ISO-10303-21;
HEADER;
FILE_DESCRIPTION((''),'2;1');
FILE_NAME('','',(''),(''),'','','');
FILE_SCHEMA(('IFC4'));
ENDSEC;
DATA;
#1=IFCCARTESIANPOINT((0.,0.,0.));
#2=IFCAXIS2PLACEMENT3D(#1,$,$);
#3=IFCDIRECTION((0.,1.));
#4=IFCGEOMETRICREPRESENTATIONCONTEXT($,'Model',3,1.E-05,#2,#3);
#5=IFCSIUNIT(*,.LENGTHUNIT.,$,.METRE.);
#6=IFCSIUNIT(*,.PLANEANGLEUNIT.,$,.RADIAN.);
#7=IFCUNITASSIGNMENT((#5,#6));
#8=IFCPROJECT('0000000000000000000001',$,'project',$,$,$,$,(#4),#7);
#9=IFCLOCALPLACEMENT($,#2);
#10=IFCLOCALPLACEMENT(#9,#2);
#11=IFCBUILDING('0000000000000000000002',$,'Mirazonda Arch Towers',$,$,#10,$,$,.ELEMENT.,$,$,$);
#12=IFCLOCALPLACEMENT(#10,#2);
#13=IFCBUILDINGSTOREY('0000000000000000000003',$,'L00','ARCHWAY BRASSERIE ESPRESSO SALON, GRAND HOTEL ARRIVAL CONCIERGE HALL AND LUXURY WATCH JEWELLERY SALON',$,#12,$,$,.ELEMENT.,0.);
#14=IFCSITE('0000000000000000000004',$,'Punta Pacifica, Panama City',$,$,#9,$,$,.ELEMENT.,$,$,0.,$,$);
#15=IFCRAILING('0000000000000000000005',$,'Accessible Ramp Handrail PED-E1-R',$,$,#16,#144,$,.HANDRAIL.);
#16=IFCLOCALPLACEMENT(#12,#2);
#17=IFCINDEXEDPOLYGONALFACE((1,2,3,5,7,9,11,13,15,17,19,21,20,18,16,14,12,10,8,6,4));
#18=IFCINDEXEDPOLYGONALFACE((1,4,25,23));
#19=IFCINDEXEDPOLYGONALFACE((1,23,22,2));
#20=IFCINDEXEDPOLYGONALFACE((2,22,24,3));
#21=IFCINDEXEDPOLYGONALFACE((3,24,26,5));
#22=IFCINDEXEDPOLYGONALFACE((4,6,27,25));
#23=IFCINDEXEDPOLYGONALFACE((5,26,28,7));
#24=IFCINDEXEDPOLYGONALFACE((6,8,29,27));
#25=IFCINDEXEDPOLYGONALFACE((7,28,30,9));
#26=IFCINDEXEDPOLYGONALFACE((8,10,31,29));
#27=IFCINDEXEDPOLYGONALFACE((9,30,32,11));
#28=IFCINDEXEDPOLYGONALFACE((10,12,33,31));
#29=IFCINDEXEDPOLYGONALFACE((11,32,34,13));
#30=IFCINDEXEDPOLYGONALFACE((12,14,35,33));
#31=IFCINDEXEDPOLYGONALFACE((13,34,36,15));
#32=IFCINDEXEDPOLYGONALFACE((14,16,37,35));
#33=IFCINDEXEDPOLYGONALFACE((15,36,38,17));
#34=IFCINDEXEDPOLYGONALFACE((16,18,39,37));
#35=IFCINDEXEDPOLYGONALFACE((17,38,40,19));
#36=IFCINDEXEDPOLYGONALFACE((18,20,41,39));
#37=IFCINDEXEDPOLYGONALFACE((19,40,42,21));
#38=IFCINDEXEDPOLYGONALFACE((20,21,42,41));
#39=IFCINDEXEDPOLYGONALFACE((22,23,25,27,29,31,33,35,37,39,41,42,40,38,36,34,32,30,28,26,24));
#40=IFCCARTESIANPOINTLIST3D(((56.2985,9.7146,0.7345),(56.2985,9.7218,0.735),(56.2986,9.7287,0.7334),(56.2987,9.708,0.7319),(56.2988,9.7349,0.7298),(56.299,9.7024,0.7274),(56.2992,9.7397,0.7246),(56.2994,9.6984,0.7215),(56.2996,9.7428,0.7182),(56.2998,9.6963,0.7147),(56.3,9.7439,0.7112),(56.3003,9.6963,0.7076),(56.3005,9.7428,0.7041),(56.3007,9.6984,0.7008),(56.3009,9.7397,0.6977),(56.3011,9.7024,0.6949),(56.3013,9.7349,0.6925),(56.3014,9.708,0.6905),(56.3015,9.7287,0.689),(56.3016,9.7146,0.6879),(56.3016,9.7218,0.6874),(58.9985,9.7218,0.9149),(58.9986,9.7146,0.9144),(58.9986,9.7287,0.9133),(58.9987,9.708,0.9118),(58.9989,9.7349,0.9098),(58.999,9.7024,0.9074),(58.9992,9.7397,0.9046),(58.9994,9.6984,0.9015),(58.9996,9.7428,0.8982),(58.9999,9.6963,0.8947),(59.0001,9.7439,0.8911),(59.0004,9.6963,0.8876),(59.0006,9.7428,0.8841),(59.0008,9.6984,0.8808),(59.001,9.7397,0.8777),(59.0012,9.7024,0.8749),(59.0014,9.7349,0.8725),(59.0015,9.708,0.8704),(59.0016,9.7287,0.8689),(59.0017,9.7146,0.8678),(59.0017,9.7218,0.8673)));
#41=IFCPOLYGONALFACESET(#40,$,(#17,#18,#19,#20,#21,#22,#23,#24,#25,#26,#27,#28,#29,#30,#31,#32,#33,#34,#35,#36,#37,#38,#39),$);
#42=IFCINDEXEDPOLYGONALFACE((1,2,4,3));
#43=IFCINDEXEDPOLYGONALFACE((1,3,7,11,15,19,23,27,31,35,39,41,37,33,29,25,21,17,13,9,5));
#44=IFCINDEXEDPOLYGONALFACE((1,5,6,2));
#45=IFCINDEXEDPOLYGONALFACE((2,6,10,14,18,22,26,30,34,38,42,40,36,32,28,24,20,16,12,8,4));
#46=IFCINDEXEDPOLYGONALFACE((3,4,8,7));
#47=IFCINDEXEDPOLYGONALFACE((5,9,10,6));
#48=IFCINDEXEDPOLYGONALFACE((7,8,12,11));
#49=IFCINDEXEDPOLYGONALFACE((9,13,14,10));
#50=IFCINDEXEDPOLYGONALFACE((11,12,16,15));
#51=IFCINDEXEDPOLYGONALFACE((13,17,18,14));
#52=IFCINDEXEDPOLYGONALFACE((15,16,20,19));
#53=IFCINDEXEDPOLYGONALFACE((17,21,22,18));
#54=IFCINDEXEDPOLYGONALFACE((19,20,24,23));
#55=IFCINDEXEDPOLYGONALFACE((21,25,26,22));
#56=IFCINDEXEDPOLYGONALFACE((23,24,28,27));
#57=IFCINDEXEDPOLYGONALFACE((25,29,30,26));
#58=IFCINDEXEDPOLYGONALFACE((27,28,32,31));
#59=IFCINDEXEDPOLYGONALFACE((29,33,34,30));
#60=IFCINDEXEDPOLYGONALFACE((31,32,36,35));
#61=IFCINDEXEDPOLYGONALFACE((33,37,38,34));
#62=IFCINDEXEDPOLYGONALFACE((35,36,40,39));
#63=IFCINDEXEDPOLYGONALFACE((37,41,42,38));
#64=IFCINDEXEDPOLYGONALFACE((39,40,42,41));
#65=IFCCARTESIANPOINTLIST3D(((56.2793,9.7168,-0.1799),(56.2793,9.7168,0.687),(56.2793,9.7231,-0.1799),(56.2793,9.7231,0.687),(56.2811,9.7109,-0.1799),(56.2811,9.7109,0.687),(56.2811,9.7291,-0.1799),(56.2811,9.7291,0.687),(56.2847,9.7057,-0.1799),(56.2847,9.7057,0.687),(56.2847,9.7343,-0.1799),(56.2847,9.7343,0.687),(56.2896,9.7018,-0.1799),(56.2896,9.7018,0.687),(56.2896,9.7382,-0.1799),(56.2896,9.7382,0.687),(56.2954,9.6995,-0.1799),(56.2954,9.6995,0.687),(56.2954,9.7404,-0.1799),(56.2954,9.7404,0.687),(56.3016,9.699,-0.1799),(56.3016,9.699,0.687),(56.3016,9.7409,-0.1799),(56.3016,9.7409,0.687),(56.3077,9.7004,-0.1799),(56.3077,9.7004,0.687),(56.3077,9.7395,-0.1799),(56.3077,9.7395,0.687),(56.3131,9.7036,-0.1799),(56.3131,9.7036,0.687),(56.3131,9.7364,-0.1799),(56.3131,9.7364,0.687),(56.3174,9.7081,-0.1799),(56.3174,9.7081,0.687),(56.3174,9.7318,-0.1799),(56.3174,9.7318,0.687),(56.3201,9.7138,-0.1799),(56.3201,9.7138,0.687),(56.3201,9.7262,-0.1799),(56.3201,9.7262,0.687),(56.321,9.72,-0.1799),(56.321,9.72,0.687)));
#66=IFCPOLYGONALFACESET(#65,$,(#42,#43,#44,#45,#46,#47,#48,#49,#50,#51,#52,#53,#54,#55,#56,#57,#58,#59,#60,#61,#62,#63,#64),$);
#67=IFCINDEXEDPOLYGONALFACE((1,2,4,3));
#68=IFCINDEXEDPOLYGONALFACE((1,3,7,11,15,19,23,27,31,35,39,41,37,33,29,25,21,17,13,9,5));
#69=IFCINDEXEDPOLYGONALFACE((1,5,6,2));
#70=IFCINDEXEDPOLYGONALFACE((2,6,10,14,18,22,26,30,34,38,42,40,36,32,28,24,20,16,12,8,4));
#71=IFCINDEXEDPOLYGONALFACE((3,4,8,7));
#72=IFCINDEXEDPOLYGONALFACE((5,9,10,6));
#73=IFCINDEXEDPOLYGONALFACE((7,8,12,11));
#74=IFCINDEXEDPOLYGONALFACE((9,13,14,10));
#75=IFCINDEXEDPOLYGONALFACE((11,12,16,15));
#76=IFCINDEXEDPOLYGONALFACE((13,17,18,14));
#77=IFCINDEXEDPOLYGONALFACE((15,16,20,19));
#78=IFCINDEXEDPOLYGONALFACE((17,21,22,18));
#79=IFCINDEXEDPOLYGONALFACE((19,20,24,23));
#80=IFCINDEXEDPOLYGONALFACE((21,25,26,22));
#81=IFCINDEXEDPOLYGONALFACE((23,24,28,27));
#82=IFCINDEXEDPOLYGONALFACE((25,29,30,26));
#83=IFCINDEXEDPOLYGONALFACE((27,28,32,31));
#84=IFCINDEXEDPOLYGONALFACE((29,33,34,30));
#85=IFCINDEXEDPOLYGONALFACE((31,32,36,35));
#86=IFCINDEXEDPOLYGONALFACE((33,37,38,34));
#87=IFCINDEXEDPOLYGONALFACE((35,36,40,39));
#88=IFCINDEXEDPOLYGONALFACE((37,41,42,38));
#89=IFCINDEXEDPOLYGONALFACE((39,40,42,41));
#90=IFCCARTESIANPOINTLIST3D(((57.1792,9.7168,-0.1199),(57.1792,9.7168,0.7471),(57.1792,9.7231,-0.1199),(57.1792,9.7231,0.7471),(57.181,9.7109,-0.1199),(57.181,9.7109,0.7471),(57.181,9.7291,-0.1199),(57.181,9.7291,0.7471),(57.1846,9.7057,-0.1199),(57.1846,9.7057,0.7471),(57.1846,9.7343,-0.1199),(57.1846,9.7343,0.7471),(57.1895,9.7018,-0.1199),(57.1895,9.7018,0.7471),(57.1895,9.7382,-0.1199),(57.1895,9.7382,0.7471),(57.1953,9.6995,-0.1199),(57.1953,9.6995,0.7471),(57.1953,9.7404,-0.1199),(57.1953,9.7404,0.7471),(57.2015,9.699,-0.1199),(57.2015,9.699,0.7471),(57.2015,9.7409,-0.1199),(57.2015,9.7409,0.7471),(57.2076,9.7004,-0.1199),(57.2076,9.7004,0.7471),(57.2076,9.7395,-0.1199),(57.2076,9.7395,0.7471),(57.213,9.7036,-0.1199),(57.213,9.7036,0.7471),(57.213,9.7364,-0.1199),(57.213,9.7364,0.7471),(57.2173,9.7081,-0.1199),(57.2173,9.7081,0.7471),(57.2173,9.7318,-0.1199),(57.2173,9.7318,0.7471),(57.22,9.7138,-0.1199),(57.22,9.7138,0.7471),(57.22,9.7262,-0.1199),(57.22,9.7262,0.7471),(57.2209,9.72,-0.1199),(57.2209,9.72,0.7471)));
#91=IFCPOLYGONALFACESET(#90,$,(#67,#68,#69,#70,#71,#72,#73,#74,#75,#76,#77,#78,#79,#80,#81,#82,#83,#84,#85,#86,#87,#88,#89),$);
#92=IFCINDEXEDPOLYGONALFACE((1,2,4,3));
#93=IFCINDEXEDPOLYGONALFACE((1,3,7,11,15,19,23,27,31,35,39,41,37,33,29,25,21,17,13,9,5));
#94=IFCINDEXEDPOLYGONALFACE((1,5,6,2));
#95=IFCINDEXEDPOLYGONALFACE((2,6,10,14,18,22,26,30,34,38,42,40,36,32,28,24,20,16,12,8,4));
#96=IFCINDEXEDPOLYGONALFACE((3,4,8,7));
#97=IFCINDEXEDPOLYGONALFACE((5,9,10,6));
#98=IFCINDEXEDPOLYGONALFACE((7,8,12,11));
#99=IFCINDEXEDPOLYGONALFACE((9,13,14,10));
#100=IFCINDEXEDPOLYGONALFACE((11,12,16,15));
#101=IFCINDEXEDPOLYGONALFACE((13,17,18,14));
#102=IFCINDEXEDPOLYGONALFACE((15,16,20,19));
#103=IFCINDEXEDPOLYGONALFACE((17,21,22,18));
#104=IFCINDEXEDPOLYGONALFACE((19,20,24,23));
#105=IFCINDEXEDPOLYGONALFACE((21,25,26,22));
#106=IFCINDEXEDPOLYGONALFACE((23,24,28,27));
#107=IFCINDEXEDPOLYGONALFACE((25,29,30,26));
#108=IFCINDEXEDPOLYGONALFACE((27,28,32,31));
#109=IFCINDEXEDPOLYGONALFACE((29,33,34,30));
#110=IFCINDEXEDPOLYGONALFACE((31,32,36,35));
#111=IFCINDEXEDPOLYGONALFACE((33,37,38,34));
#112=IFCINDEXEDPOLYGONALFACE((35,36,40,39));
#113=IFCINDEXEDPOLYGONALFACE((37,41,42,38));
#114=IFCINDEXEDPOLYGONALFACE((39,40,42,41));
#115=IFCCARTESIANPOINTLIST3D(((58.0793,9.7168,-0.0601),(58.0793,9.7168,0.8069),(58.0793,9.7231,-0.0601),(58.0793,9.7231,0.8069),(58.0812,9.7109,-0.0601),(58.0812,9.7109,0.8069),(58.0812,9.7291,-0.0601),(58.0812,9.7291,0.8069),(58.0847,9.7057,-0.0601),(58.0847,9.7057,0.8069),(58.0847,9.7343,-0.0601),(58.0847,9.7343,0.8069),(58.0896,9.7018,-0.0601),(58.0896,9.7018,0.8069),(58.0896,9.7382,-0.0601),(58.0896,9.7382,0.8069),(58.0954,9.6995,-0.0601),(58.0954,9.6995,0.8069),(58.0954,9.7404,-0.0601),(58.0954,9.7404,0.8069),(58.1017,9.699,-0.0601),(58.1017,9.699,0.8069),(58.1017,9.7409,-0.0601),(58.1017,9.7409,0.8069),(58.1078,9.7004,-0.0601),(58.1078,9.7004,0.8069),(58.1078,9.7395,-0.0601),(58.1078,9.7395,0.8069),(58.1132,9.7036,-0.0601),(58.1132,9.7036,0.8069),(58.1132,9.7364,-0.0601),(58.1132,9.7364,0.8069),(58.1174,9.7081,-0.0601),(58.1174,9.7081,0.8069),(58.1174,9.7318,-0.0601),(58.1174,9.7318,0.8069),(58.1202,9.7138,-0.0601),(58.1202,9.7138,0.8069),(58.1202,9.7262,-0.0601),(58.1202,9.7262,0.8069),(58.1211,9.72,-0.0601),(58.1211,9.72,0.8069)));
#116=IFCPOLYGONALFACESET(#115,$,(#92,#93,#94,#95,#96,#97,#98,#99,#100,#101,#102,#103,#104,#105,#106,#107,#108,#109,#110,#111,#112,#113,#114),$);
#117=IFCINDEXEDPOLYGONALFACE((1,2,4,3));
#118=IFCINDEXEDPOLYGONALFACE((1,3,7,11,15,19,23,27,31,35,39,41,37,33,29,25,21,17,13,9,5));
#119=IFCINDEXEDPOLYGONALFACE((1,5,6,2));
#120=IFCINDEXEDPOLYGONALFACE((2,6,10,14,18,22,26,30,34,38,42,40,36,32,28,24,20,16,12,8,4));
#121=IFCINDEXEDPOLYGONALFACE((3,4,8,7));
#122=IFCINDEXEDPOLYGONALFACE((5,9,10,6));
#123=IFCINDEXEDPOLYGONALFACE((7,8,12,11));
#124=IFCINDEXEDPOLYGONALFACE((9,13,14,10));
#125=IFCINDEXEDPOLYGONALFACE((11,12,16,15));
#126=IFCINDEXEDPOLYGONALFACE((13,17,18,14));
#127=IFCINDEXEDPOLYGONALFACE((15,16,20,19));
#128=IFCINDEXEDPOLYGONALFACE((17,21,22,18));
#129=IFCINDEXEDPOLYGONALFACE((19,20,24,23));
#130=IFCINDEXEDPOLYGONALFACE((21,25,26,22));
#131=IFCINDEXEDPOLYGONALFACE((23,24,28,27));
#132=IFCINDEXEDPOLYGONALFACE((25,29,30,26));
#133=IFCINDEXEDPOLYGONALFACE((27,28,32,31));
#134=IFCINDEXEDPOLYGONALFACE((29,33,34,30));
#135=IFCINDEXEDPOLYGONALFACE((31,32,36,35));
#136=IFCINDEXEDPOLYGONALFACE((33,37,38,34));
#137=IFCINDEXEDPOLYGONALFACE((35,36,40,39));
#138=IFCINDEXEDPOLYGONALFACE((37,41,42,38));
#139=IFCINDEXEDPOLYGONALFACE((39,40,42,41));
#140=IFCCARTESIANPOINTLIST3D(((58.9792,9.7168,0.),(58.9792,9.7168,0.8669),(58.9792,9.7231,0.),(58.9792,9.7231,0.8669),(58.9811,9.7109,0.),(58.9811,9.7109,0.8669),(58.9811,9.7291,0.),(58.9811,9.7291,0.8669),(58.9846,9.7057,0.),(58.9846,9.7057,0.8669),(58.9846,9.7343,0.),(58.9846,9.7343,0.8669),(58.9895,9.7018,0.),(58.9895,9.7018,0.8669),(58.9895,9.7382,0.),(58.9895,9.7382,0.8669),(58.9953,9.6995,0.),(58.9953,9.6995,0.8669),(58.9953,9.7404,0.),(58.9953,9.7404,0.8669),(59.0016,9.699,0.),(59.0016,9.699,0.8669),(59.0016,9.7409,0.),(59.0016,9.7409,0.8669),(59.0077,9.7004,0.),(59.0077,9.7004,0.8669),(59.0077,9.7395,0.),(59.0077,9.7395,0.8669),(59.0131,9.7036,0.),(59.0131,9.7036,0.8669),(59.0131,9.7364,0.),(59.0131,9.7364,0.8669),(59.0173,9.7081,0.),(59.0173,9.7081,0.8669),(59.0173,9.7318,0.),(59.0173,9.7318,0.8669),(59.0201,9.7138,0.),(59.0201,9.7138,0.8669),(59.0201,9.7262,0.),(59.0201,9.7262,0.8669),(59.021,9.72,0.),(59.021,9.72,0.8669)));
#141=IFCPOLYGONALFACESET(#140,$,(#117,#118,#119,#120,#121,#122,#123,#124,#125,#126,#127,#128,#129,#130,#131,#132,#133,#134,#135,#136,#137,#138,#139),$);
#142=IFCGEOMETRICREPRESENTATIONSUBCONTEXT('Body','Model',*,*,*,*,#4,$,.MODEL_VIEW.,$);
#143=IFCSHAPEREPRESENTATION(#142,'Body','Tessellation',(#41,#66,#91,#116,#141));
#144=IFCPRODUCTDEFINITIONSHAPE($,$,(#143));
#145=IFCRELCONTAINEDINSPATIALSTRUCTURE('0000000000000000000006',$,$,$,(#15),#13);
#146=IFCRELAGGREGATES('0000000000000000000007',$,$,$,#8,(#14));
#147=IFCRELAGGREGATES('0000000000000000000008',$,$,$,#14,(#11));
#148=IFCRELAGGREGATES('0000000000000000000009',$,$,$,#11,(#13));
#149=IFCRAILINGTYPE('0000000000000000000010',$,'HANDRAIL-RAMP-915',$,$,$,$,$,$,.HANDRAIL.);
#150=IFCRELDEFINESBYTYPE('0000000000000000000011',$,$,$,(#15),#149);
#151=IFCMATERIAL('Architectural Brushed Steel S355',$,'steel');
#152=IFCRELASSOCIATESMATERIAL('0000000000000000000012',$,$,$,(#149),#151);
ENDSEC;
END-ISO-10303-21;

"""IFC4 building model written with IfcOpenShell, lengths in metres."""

from ifc_helpers import new_model, si_unit, direction, frame, origin, origin_2d, place, context, subcontext, project, spatial, circle, extrude, material, type_object, element, save


model = new_model("IFC4")

# Units and contexts
model_context = context("Model", 3, precision=1e-05, world=origin(), true_north=direction((0.0, 1.0)))
body_context = subcontext(model_context, "Body", "Model", "MODEL_VIEW")
ifc_project = project(units=[si_unit("LENGTHUNIT", "METRE"), si_unit("PLANEANGLEUNIT", "RADIAN")], contexts=[model_context])

# Site, building, storey
site_placement = place(None, origin())
site = spatial("IfcSite", under=ifc_project, at=site_placement, Name="Punta Pacifica, Panama City", CompositionType="ELEMENT", RefElevation=0.0)
building_placement = place(site_placement, origin())
building = spatial("IfcBuilding", under=site, at=building_placement, Name="Mirazonda Arch Towers", CompositionType="ELEMENT")
storey_placement = place(building_placement, origin())
storey = spatial("IfcBuildingStorey", under=building, at=storey_placement, Name="L00", Description="ARCHWAY BRASSERIE ESPRESSO SALON, GRAND HOTEL ARRIVAL CONCIERGE HALL AND LUXURY WATCH JEWELLERY SALON", CompositionType="ELEMENT", Elevation=0.0)

# Railing
ifc_material_1 = material(Name="Architectural Brushed Steel S355", Category="steel")
railing_type_1 = type_object("IfcRailingType", Name="HANDRAIL-RAMP-915", PredefinedType="HANDRAIL", material=ifc_material_1)
for number, where, name in (
    (1, (56.3, 9.72, -0.1799), "Accessible Ramp Handrail PED-E1-R"),
):
    element("IfcRailing", number, at=place(storey_placement, frame(where)), inside=storey, type_object=railing_type_1, Name=name, PredefinedType="HANDRAIL", context=body_context, shape_type="SweptSolid", body=[
        extrude(circle(Radius=0.0239, at=origin_2d()), frame((0.0, 0.0, 0.8911), z_axis=(0.997787, 0.0, 0.066495), x_axis=(0.0, 1.0, 0.0)), (0.0, 0.0, 1.0), 2.7061),
        extrude(circle(Radius=0.021, at=origin_2d()), origin(), (0.0, 0.0, 1.0), 0.8669),
        extrude(circle(Radius=0.021, at=origin_2d()), frame((0.8999, 0.0, 0.0601)), (0.0, 0.0, 1.0), 0.8669),
        extrude(circle(Radius=0.021, at=origin_2d()), frame((1.8, 0.0, 0.1199)), (0.0, 0.0, 1.0), 0.8669),
        extrude(circle(Radius=0.021, at=origin_2d()), frame((2.7, 0.0, 0.1799)), (0.0, 0.0, 1.0), 0.8669),
    ])

save(model, "model.ifc")
